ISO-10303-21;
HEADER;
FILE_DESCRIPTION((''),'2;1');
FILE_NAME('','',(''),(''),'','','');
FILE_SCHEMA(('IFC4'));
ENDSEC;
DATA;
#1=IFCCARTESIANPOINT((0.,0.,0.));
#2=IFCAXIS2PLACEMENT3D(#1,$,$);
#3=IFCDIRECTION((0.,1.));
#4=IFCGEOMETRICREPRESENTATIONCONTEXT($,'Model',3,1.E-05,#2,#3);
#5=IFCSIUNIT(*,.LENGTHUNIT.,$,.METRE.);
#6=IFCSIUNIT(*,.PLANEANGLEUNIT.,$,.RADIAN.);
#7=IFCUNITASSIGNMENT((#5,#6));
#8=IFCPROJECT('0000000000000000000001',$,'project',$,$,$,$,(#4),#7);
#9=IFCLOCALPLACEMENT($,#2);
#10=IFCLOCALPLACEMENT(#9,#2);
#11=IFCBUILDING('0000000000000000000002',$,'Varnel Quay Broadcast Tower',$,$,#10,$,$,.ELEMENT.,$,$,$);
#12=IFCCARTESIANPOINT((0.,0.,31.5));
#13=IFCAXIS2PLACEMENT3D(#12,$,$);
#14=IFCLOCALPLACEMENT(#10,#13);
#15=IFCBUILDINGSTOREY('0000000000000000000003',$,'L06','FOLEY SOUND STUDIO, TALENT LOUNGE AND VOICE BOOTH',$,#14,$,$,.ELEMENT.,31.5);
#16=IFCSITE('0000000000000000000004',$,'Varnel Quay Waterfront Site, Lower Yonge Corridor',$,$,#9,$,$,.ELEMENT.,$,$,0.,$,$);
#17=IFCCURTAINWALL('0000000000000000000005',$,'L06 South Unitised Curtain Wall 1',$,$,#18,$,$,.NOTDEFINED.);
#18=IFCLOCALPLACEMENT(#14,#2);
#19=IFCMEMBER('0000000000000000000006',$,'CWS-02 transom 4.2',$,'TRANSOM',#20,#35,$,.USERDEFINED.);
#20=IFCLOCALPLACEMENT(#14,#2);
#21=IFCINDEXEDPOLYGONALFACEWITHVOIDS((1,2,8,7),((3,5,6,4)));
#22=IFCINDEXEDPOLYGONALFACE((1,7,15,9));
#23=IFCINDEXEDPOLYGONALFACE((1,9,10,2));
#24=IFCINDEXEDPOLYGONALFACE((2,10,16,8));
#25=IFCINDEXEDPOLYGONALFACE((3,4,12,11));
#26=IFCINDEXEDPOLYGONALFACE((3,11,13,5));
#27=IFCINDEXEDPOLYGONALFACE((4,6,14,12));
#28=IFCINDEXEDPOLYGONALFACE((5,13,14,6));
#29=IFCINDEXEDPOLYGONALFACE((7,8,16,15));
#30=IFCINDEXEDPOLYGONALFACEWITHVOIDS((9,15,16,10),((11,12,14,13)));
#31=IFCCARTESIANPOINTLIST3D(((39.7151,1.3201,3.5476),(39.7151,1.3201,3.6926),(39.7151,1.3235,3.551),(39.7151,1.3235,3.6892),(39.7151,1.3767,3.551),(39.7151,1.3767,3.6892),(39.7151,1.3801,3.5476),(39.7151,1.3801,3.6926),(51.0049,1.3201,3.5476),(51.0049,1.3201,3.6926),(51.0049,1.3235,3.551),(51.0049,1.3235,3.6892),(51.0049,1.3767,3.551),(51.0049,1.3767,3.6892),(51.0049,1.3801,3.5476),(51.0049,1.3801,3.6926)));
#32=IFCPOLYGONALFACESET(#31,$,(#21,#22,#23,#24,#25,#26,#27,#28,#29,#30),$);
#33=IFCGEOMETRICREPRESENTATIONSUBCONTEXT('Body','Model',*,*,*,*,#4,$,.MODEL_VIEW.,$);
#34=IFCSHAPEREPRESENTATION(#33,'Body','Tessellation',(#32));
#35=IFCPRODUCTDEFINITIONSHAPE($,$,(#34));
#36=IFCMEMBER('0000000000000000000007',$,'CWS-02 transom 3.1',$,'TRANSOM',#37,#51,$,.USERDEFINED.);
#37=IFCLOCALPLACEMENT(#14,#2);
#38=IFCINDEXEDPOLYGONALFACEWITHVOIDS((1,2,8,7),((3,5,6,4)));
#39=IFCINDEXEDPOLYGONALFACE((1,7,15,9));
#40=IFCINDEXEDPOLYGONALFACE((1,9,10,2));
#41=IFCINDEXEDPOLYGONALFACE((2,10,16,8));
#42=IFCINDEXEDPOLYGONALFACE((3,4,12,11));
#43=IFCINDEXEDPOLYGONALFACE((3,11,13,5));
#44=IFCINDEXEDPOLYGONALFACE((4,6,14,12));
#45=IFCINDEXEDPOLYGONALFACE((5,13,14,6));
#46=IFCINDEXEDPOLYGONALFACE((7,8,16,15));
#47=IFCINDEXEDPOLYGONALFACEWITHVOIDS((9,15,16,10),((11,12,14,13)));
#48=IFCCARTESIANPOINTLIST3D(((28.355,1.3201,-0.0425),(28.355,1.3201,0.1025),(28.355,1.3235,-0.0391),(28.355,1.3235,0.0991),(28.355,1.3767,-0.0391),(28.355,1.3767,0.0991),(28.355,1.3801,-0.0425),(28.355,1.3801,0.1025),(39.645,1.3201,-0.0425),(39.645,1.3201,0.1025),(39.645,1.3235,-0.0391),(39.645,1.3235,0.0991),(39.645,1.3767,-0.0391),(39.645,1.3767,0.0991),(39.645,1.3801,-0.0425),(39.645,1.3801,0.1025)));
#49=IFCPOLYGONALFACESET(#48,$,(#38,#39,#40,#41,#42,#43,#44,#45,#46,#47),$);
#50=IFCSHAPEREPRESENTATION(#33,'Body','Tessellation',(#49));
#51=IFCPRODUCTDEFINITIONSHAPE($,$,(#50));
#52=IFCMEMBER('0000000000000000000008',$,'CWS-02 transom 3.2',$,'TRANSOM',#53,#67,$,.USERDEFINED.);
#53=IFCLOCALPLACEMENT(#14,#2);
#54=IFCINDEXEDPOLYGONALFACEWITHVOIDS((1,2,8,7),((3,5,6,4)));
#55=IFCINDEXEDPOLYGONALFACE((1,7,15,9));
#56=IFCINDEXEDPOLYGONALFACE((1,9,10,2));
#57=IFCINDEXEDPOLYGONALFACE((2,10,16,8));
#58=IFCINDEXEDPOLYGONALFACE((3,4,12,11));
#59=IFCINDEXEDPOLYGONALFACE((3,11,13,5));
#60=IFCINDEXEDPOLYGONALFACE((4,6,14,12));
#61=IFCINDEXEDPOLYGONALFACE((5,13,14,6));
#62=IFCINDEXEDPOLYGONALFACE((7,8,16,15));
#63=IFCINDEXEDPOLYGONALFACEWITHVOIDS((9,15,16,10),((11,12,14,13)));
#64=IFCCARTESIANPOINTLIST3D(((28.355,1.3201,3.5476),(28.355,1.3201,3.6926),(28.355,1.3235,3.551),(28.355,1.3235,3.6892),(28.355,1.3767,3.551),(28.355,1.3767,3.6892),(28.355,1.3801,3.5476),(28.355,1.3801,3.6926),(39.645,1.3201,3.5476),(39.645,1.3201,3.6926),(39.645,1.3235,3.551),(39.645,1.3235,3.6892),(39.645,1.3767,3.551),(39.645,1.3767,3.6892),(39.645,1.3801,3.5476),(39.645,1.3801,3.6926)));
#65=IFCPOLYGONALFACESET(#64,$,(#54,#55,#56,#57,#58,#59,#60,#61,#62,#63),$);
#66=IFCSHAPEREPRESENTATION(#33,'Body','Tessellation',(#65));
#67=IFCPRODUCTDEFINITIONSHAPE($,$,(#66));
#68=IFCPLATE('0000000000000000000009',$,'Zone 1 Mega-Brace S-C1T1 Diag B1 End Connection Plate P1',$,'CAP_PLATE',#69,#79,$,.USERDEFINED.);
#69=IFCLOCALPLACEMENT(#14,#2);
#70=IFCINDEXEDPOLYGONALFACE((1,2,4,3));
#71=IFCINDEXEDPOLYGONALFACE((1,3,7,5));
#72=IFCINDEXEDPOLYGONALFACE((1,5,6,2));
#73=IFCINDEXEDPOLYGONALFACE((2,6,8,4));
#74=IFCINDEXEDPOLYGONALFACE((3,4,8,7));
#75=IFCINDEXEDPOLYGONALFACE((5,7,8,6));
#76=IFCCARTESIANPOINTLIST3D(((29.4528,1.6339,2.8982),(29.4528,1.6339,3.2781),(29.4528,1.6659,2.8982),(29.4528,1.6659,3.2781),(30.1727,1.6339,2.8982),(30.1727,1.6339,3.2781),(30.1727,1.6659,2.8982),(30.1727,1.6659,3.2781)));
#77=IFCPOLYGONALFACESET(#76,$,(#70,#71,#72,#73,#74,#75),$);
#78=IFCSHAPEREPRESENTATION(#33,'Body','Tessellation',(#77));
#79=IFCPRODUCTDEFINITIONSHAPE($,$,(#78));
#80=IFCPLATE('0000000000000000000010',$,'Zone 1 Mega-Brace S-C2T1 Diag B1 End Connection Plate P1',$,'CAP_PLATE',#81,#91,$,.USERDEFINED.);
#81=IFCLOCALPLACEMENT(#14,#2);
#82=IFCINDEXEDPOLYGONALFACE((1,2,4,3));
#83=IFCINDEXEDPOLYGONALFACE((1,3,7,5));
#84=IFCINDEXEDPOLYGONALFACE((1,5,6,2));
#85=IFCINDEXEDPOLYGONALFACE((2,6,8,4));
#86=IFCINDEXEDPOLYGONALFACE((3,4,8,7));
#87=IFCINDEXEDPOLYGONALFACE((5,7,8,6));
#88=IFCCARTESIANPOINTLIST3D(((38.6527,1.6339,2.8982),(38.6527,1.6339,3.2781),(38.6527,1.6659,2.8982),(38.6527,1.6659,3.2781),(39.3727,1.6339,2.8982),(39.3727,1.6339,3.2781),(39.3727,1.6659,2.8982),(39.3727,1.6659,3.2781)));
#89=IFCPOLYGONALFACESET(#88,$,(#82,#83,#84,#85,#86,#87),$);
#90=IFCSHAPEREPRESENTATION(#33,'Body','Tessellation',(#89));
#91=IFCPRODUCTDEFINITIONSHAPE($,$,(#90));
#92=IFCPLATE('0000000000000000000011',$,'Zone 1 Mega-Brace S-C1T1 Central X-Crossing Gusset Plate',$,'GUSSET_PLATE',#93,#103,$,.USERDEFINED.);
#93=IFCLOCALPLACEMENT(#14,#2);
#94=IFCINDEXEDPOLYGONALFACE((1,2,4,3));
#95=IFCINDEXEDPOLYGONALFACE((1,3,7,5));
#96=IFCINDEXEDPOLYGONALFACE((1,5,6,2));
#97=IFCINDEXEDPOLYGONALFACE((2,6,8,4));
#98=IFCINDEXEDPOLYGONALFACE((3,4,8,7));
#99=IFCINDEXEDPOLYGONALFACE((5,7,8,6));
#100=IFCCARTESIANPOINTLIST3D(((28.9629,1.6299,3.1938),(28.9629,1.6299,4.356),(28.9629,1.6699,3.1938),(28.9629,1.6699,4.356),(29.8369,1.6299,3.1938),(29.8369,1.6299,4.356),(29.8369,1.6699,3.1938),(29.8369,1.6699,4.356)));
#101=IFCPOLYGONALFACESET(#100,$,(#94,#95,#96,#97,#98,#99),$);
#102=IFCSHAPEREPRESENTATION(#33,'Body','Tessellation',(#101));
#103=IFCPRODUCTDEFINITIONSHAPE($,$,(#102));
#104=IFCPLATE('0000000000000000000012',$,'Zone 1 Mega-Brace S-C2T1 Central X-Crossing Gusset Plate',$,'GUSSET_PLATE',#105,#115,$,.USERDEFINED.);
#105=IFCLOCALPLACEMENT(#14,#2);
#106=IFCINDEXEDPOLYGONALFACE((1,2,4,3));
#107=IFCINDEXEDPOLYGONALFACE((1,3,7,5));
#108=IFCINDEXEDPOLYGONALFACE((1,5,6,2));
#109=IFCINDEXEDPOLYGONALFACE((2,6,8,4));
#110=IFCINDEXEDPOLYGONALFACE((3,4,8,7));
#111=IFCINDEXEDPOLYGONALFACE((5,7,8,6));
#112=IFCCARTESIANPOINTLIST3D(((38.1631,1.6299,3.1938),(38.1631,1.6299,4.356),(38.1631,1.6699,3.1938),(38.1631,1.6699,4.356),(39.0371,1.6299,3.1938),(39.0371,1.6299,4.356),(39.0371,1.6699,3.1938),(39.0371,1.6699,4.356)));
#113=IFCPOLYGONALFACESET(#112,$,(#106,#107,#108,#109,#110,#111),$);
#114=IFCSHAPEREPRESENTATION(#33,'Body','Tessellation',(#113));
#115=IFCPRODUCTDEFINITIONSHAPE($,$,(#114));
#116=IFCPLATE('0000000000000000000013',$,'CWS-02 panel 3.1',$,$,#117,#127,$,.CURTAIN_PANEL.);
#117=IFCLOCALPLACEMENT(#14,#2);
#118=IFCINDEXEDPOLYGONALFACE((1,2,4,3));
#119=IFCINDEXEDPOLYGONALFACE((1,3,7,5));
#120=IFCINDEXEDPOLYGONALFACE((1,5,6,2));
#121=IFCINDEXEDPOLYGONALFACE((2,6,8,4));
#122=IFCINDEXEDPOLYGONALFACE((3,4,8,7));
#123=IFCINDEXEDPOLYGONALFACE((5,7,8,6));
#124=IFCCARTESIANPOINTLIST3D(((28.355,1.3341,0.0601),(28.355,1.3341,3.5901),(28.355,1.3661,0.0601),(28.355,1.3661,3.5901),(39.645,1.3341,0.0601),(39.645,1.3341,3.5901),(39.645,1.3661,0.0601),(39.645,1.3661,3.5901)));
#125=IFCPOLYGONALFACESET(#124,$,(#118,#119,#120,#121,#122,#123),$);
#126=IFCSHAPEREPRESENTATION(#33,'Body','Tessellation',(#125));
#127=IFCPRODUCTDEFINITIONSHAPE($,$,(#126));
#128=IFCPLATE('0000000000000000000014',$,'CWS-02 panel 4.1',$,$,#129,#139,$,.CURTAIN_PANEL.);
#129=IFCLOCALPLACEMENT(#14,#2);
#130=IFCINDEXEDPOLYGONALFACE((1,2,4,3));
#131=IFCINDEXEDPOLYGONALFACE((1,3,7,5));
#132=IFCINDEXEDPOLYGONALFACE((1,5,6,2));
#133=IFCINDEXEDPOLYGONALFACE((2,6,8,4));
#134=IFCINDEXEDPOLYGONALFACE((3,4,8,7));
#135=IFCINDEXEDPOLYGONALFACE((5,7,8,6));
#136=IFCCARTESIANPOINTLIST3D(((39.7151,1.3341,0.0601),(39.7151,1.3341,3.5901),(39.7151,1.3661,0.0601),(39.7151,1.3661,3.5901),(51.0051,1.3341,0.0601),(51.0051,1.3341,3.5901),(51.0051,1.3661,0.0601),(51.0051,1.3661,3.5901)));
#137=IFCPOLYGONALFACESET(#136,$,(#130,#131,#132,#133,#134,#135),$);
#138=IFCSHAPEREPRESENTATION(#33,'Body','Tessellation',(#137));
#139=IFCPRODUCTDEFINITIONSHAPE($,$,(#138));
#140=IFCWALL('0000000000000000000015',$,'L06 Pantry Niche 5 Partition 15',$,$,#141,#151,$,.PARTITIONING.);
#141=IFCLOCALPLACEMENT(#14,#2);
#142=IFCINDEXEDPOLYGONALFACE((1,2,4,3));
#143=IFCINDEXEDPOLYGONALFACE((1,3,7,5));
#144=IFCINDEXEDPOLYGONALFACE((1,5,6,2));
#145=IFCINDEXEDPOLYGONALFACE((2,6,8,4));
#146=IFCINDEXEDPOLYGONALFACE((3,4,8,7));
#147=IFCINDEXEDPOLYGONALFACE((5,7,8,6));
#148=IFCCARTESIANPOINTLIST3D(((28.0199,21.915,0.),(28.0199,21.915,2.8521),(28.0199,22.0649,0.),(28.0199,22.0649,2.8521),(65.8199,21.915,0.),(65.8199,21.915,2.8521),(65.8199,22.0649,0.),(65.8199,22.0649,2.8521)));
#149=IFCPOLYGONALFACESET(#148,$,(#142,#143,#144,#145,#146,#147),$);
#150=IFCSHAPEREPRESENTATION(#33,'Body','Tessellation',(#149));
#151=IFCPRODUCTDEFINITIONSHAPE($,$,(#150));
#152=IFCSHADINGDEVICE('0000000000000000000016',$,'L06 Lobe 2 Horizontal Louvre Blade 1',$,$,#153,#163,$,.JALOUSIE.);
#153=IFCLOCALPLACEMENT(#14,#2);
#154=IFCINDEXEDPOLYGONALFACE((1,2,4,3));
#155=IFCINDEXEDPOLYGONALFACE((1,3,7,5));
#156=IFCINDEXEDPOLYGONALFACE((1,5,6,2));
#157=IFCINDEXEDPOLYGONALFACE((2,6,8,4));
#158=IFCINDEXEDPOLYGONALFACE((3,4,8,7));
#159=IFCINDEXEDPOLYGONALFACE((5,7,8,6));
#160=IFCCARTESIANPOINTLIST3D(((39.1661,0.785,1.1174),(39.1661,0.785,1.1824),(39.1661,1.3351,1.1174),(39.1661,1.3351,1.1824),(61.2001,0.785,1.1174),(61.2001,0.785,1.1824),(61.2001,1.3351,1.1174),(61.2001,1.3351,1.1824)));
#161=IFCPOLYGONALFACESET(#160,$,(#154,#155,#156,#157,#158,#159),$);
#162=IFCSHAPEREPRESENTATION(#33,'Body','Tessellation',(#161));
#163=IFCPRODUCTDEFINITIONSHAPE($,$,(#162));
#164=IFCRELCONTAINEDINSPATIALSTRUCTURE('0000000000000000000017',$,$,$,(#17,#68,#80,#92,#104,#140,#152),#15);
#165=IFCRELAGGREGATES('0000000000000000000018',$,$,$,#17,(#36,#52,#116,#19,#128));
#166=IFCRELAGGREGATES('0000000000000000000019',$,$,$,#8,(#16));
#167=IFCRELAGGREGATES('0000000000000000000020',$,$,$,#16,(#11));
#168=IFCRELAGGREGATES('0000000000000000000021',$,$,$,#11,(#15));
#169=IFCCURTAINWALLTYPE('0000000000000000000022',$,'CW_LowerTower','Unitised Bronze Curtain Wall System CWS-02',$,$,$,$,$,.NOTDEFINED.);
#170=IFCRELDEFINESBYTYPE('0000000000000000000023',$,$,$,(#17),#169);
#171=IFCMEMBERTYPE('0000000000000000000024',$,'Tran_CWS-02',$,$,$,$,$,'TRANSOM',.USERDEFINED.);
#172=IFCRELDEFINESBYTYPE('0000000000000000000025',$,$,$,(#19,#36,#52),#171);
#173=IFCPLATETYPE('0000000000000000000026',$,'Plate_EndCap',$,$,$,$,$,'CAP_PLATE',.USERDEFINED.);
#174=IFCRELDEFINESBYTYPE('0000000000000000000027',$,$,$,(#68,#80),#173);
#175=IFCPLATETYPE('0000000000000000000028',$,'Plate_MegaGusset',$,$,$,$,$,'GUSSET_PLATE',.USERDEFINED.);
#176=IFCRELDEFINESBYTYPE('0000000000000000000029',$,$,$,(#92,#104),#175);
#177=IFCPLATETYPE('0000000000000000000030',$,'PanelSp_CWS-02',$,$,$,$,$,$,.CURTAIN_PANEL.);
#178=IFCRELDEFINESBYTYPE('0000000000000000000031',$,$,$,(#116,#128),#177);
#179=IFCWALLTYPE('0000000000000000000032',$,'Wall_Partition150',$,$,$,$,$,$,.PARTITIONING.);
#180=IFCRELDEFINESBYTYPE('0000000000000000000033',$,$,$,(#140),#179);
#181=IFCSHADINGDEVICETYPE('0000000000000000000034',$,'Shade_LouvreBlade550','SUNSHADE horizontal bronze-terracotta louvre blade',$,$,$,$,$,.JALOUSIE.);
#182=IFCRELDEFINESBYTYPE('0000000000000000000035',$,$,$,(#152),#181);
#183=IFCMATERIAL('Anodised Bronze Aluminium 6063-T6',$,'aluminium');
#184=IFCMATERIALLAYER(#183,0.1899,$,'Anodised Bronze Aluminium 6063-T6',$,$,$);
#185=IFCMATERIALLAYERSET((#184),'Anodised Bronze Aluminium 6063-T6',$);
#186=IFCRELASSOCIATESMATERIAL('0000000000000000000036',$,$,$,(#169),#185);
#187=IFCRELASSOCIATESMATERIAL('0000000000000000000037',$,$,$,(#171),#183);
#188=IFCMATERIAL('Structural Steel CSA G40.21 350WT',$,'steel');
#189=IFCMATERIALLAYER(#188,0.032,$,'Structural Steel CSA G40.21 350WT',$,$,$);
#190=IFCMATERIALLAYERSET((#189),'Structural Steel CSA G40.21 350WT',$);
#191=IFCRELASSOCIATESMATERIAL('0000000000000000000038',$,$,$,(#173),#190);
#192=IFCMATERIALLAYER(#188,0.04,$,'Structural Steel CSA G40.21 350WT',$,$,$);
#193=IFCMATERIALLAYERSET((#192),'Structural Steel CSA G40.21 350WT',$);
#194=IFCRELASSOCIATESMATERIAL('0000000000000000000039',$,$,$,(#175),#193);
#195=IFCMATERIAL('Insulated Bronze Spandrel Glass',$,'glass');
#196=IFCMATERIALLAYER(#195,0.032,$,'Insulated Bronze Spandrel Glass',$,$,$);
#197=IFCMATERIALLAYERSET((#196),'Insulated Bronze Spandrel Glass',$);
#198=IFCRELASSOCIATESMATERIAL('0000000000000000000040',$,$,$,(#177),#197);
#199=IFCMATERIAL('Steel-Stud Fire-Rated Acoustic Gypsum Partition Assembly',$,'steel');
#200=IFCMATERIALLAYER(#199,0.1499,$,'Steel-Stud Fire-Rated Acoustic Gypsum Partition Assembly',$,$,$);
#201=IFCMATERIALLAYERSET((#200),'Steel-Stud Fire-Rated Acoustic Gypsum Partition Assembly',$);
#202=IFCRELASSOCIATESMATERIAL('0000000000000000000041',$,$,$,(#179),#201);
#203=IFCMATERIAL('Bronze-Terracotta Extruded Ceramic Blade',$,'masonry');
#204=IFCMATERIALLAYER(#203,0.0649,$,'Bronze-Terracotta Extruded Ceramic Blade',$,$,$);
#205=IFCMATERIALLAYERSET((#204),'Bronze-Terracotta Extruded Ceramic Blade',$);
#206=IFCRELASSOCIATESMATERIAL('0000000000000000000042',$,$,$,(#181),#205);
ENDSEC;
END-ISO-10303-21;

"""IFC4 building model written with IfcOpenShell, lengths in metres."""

from ifc_helpers import new_model, si_unit, direction, frame, frame_2d, origin, origin_2d, place, context, subcontext, project, spatial, rectangle, hollow_rectangle, extrude, source, transform, mapped, material, layer, layer_set, material_profile, profile_set, type_object, type_shapes, element, aggregate, save


model = new_model("IFC4")

# Units and contexts
model_context = context("Model", 3, precision=1e-05, world=origin(), true_north=direction((0.0, 1.0)))
body_context = subcontext(model_context, "Body", "Model", "MODEL_VIEW")
ifc_project = project(units=[si_unit("LENGTHUNIT", "METRE"), si_unit("PLANEANGLEUNIT", "RADIAN")], contexts=[model_context])

# Site, building, storey
site_placement = place(None, origin())
site = spatial("IfcSite", under=ifc_project, at=site_placement, Name="Varnel Quay Waterfront Site, Lower Yonge Corridor", CompositionType="ELEMENT", RefElevation=0.0)
building_placement = place(site_placement, origin())
building = spatial("IfcBuilding", under=site, at=building_placement, Name="Varnel Quay Broadcast Tower", CompositionType="ELEMENT")
storey_placement = place(building_placement, frame((0.0, 0.0, 31.5)))
storey = spatial("IfcBuildingStorey", under=building, at=storey_placement, Name="L06", Description="FOLEY SOUND STUDIO, TALENT LOUNGE AND VOICE BOOTH", CompositionType="ELEMENT", Elevation=31.5)

# Shared definitions
ifc_material_1 = material(Name="Structural Steel CSA G40.21 350WT", Category="steel")

# Curtain wall, members
ifc_material_2 = material(Name="Anodised Bronze Aluminium 6063-T6", Category="aluminium")
ifc_layer_1 = layer(ifc_material_2, 0.1899, Name="Anodised Bronze Aluminium 6063-T6")
ifc_layer_set_1 = layer_set([ifc_layer_1], Name="Anodised Bronze Aluminium 6063-T6")
curtain_wall_type = type_object("IfcCurtainWallType", Name="CW_LowerTower", Description="Unitised Bronze Curtain Wall System CWS-02", PredefinedType="NOTDEFINED", material=ifc_layer_set_1)
curtain_wall_placement = place(storey_placement, origin())
curtain_wall = element("IfcCurtainWall", 1, at=curtain_wall_placement, inside=storey, type_object=curtain_wall_type, Name="L06 South Unitised Curtain Wall 1", PredefinedType="NOTDEFINED")
ifc_material_profile_1 = material_profile(ifc_material_2, hollow_rectangle(XDim=0.0601, YDim=0.145, WallThickness=0.0034, at=origin_2d()), Name="ALU60X145X3.5")
ifc_profile_set_1 = profile_set([ifc_material_profile_1], Name="Anodised Bronze Aluminium 6063-T6")
member_type_1 = type_object("IfcMemberType", Name="Tran_CWS-02", ElementType="TRANSOM", PredefinedType="USERDEFINED", material=ifc_profile_set_1)
shared_shape_1 = source(origin(), body_context, "Body", "SweptSolid", [
    extrude(hollow_rectangle(XDim=0.0601, YDim=0.145, WallThickness=0.0034, at=origin_2d()), origin(), (0.0, 0.0, 1.0), 11.2898),
])
member_1_placement = place(storey_placement, frame((39.7151, 1.3501, 3.6201), z_axis=(1.0, 0.0, 0.0), x_axis=(0.0, 1.0, 0.0)))
member_1 = element("IfcMember", 2, at=member_1_placement, type_object=member_type_1, Name="CWS-02 transom 4.2", ObjectType="TRANSOM", PredefinedType="USERDEFINED", context=body_context, shape_type="MappedRepresentation", body=[
    mapped(shared_shape_1, transform((0.0, 0.0, 0.0), x_axis=(1.0, 0.0, 0.0), y_axis=(0.0, 1.0, 0.0), z_axis=(0.0, 0.0, 1.0), scale=1.0)),
])
shared_shape_2 = source(origin(), body_context, "Body", "SweptSolid", [
    extrude(hollow_rectangle(XDim=0.0601, YDim=0.145, WallThickness=0.0034, at=origin_2d()), origin(), (0.0, 0.0, 1.0), 11.29),
])
type_shapes(member_type_1, [shared_shape_1, shared_shape_2])
member_2_placement = place(storey_placement, frame((28.355, 1.3501, 0.03), z_axis=(1.0, 0.0, 0.0), x_axis=(0.0, 1.0, 0.0)))
member_2 = element("IfcMember", 3, at=member_2_placement, type_object=member_type_1, Name="CWS-02 transom 3.1", ObjectType="TRANSOM", PredefinedType="USERDEFINED", context=body_context, shape_type="MappedRepresentation", body=[
    mapped(shared_shape_2, transform((0.0, 0.0, 0.0), x_axis=(1.0, 0.0, 0.0), y_axis=(0.0, 1.0, 0.0), z_axis=(0.0, 0.0, 1.0), scale=1.0)),
])
member_3_placement = place(storey_placement, frame((28.355, 1.3501, 3.6201), z_axis=(1.0, 0.0, 0.0), x_axis=(0.0, 1.0, 0.0)))
member_3 = element("IfcMember", 4, at=member_3_placement, type_object=member_type_1, Name="CWS-02 transom 3.2", ObjectType="TRANSOM", PredefinedType="USERDEFINED", context=body_context, shape_type="MappedRepresentation", body=[
    mapped(shared_shape_2, transform((0.0, 0.0, 0.0), x_axis=(1.0, 0.0, 0.0), y_axis=(0.0, 1.0, 0.0), z_axis=(0.0, 0.0, 1.0), scale=1.0)),
])

# Plates
ifc_layer_2 = layer(ifc_material_1, 0.032, Name="Structural Steel CSA G40.21 350WT")
ifc_layer_set_2 = layer_set([ifc_layer_2], Name="Structural Steel CSA G40.21 350WT")
plate_type_1 = type_object("IfcPlateType", Name="Plate_EndCap", ElementType="CAP_PLATE", PredefinedType="USERDEFINED", material=ifc_layer_set_2)
shared_shape_3 = source(origin(), body_context, "Body", "SweptSolid", [
    extrude(rectangle(XDim=0.72, YDim=0.032, at=origin_2d()), origin(), (0.0, 0.0, 1.0), 0.3799),
])
type_shapes(plate_type_1, [shared_shape_3])
for number, where, z_axis, x_axis, name in (
    (5, (29.8127, 1.6499, 2.8982), (0.0, 0.0, 1.0), (1.0, 0.0, 0.0), "Zone 1 Mega-Brace S-C1T1 Diag B1 End Connection Plate P1"),
    (6, (39.0127, 1.6499, 2.8982), (0.0, 0.0, 1.0), (1.0, 0.0, 0.0), "Zone 1 Mega-Brace S-C2T1 Diag B1 End Connection Plate P1"),
):
    element("IfcPlate", number, at=place(storey_placement, frame(where, z_axis=z_axis, x_axis=x_axis)), inside=storey, type_object=plate_type_1, Name=name, ObjectType="CAP_PLATE", PredefinedType="USERDEFINED", context=body_context, shape_type="MappedRepresentation", body=[
        mapped(shared_shape_3, transform((0.0, 0.0, 0.0), x_axis=(1.0, 0.0, 0.0), y_axis=(0.0, 1.0, 0.0), z_axis=(0.0, 0.0, 1.0), scale=1.0)),
    ])
ifc_layer_3 = layer(ifc_material_1, 0.04, Name="Structural Steel CSA G40.21 350WT")
ifc_layer_set_3 = layer_set([ifc_layer_3], Name="Structural Steel CSA G40.21 350WT")
plate_type_2 = type_object("IfcPlateType", Name="Plate_MegaGusset", ElementType="GUSSET_PLATE", PredefinedType="USERDEFINED", material=ifc_layer_set_3)
shared_shape_4 = source(origin(), body_context, "Body", "SweptSolid", [
    extrude(rectangle(XDim=0.874, YDim=0.04, at=origin_2d()), origin(), (0.0, 0.0, 1.0), 1.1621),
])
type_shapes(plate_type_2, [shared_shape_4])
for number, where, z_axis, x_axis, name in (
    (7, (29.3999, 1.6499, 3.1938), (0.0, 0.0, 1.0), (1.0, 0.0, 0.0), "Zone 1 Mega-Brace S-C1T1 Central X-Crossing Gusset Plate"),
    (8, (38.6001, 1.6499, 3.1938), (0.0, 0.0, 1.0), (1.0, 0.0, 0.0), "Zone 1 Mega-Brace S-C2T1 Central X-Crossing Gusset Plate"),
):
    element("IfcPlate", number, at=place(storey_placement, frame(where, z_axis=z_axis, x_axis=x_axis)), inside=storey, type_object=plate_type_2, Name=name, ObjectType="GUSSET_PLATE", PredefinedType="USERDEFINED", context=body_context, shape_type="MappedRepresentation", body=[
        mapped(shared_shape_4, transform((0.0, 0.0, 0.0), x_axis=(1.0, 0.0, 0.0), y_axis=(0.0, 1.0, 0.0), z_axis=(0.0, 0.0, 1.0), scale=1.0)),
    ])

# Plates
ifc_material_3 = material(Name="Insulated Bronze Spandrel Glass", Category="glass")
ifc_layer_4 = layer(ifc_material_3, 0.032, Name="Insulated Bronze Spandrel Glass")
ifc_layer_set_4 = layer_set([ifc_layer_4], Name="Insulated Bronze Spandrel Glass")
plate_type_3 = type_object("IfcPlateType", Name="PanelSp_CWS-02", PredefinedType="CURTAIN_PANEL", material=ifc_layer_set_4)
shared_shape_5 = source(origin(), body_context, "Body", "SweptSolid", [
    extrude(rectangle(XDim=11.29, YDim=0.032, at=origin_2d()), origin(), (0.0, 0.0, 1.0), 3.53),
])
type_shapes(plate_type_3, [shared_shape_5])
plate_1_placement = place(storey_placement, frame((34.0, 1.3501, 0.0601), z_axis=(0.0, 0.0, 1.0), x_axis=(1.0, 0.0, 0.0)))
plate_1 = element("IfcPlate", 9, at=plate_1_placement, type_object=plate_type_3, Name="CWS-02 panel 3.1", PredefinedType="CURTAIN_PANEL", context=body_context, shape_type="MappedRepresentation", body=[
    mapped(shared_shape_5, transform((0.0, 0.0, 0.0), x_axis=(1.0, 0.0, 0.0), y_axis=(0.0, 1.0, 0.0), z_axis=(0.0, 0.0, 1.0), scale=1.0)),
])
plate_2_placement = place(storey_placement, frame((45.3601, 1.3501, 0.0601), z_axis=(0.0, 0.0, 1.0), x_axis=(1.0, 0.0, 0.0)))
plate_2 = element("IfcPlate", 10, at=plate_2_placement, type_object=plate_type_3, Name="CWS-02 panel 4.1", PredefinedType="CURTAIN_PANEL", context=body_context, shape_type="MappedRepresentation", body=[
    mapped(shared_shape_5, transform((0.0, 0.0, 0.0), x_axis=(1.0, 0.0, 0.0), y_axis=(0.0, 1.0, 0.0), z_axis=(0.0, 0.0, 1.0), scale=1.0)),
])
aggregate(curtain_wall, [member_2, member_3, plate_1, member_1, plate_2])

# Wall
ifc_material_4 = material(Name="Steel-Stud Fire-Rated Acoustic Gypsum Partition Assembly", Category="steel")
ifc_layer_5 = layer(ifc_material_4, 0.1499, Name="Steel-Stud Fire-Rated Acoustic Gypsum Partition Assembly")
ifc_layer_set_5 = layer_set([ifc_layer_5], Name="Steel-Stud Fire-Rated Acoustic Gypsum Partition Assembly")
wall_type = type_object("IfcWallType", Name="Wall_Partition150", PredefinedType="PARTITIONING", material=ifc_layer_set_5)
wall_placement = place(storey_placement, frame((28.02, 21.99, 0.0), z_axis=(0.0, 0.0, 1.0), x_axis=(1.0, 0.0, 0.0)))
element("IfcWall", 11, at=wall_placement, inside=storey, type_object=wall_type, Name="L06 Pantry Niche 5 Partition 15", PredefinedType="PARTITIONING", context=body_context, shape_type="SweptSolid", body=[
    extrude(rectangle(XDim=37.8, YDim=0.1499, at=frame_2d((18.8999, 0.0))), origin(), (0.0, 0.0, 1.0), 2.8521),
])

# Shading device
ifc_material_5 = material(Name="Bronze-Terracotta Extruded Ceramic Blade", Category="masonry")
ifc_layer_6 = layer(ifc_material_5, 0.0649, Name="Bronze-Terracotta Extruded Ceramic Blade")
ifc_layer_set_6 = layer_set([ifc_layer_6], Name="Bronze-Terracotta Extruded Ceramic Blade")
shading_device_type = type_object("IfcShadingDeviceType", Name="Shade_LouvreBlade550", Description="SUNSHADE horizontal bronze-terracotta louvre blade", PredefinedType="JALOUSIE", material=ifc_layer_set_6)
shared_shape_6 = source(origin(), body_context, "Body", "SweptSolid", [
    extrude(rectangle(XDim=22.0339, YDim=0.55, at=origin_2d()), origin(), (0.0, 0.0, 1.0), 0.0649),
])
type_shapes(shading_device_type, [shared_shape_6])
shading_device_placement = place(storey_placement, frame((50.1831, 1.0601, 1.1174), z_axis=(0.0, 0.0, 1.0), x_axis=(1.0, 0.0, 0.0)))
element("IfcShadingDevice", 12, at=shading_device_placement, inside=storey, type_object=shading_device_type, Name="L06 Lobe 2 Horizontal Louvre Blade 1", PredefinedType="JALOUSIE", context=body_context, shape_type="MappedRepresentation", body=[
    mapped(shared_shape_6, transform((0.0, 0.0, 0.0), x_axis=(1.0, 0.0, 0.0), y_axis=(0.0, 1.0, 0.0), z_axis=(0.0, 0.0, 1.0), scale=1.0)),
])

save(model, "model.ifc")
